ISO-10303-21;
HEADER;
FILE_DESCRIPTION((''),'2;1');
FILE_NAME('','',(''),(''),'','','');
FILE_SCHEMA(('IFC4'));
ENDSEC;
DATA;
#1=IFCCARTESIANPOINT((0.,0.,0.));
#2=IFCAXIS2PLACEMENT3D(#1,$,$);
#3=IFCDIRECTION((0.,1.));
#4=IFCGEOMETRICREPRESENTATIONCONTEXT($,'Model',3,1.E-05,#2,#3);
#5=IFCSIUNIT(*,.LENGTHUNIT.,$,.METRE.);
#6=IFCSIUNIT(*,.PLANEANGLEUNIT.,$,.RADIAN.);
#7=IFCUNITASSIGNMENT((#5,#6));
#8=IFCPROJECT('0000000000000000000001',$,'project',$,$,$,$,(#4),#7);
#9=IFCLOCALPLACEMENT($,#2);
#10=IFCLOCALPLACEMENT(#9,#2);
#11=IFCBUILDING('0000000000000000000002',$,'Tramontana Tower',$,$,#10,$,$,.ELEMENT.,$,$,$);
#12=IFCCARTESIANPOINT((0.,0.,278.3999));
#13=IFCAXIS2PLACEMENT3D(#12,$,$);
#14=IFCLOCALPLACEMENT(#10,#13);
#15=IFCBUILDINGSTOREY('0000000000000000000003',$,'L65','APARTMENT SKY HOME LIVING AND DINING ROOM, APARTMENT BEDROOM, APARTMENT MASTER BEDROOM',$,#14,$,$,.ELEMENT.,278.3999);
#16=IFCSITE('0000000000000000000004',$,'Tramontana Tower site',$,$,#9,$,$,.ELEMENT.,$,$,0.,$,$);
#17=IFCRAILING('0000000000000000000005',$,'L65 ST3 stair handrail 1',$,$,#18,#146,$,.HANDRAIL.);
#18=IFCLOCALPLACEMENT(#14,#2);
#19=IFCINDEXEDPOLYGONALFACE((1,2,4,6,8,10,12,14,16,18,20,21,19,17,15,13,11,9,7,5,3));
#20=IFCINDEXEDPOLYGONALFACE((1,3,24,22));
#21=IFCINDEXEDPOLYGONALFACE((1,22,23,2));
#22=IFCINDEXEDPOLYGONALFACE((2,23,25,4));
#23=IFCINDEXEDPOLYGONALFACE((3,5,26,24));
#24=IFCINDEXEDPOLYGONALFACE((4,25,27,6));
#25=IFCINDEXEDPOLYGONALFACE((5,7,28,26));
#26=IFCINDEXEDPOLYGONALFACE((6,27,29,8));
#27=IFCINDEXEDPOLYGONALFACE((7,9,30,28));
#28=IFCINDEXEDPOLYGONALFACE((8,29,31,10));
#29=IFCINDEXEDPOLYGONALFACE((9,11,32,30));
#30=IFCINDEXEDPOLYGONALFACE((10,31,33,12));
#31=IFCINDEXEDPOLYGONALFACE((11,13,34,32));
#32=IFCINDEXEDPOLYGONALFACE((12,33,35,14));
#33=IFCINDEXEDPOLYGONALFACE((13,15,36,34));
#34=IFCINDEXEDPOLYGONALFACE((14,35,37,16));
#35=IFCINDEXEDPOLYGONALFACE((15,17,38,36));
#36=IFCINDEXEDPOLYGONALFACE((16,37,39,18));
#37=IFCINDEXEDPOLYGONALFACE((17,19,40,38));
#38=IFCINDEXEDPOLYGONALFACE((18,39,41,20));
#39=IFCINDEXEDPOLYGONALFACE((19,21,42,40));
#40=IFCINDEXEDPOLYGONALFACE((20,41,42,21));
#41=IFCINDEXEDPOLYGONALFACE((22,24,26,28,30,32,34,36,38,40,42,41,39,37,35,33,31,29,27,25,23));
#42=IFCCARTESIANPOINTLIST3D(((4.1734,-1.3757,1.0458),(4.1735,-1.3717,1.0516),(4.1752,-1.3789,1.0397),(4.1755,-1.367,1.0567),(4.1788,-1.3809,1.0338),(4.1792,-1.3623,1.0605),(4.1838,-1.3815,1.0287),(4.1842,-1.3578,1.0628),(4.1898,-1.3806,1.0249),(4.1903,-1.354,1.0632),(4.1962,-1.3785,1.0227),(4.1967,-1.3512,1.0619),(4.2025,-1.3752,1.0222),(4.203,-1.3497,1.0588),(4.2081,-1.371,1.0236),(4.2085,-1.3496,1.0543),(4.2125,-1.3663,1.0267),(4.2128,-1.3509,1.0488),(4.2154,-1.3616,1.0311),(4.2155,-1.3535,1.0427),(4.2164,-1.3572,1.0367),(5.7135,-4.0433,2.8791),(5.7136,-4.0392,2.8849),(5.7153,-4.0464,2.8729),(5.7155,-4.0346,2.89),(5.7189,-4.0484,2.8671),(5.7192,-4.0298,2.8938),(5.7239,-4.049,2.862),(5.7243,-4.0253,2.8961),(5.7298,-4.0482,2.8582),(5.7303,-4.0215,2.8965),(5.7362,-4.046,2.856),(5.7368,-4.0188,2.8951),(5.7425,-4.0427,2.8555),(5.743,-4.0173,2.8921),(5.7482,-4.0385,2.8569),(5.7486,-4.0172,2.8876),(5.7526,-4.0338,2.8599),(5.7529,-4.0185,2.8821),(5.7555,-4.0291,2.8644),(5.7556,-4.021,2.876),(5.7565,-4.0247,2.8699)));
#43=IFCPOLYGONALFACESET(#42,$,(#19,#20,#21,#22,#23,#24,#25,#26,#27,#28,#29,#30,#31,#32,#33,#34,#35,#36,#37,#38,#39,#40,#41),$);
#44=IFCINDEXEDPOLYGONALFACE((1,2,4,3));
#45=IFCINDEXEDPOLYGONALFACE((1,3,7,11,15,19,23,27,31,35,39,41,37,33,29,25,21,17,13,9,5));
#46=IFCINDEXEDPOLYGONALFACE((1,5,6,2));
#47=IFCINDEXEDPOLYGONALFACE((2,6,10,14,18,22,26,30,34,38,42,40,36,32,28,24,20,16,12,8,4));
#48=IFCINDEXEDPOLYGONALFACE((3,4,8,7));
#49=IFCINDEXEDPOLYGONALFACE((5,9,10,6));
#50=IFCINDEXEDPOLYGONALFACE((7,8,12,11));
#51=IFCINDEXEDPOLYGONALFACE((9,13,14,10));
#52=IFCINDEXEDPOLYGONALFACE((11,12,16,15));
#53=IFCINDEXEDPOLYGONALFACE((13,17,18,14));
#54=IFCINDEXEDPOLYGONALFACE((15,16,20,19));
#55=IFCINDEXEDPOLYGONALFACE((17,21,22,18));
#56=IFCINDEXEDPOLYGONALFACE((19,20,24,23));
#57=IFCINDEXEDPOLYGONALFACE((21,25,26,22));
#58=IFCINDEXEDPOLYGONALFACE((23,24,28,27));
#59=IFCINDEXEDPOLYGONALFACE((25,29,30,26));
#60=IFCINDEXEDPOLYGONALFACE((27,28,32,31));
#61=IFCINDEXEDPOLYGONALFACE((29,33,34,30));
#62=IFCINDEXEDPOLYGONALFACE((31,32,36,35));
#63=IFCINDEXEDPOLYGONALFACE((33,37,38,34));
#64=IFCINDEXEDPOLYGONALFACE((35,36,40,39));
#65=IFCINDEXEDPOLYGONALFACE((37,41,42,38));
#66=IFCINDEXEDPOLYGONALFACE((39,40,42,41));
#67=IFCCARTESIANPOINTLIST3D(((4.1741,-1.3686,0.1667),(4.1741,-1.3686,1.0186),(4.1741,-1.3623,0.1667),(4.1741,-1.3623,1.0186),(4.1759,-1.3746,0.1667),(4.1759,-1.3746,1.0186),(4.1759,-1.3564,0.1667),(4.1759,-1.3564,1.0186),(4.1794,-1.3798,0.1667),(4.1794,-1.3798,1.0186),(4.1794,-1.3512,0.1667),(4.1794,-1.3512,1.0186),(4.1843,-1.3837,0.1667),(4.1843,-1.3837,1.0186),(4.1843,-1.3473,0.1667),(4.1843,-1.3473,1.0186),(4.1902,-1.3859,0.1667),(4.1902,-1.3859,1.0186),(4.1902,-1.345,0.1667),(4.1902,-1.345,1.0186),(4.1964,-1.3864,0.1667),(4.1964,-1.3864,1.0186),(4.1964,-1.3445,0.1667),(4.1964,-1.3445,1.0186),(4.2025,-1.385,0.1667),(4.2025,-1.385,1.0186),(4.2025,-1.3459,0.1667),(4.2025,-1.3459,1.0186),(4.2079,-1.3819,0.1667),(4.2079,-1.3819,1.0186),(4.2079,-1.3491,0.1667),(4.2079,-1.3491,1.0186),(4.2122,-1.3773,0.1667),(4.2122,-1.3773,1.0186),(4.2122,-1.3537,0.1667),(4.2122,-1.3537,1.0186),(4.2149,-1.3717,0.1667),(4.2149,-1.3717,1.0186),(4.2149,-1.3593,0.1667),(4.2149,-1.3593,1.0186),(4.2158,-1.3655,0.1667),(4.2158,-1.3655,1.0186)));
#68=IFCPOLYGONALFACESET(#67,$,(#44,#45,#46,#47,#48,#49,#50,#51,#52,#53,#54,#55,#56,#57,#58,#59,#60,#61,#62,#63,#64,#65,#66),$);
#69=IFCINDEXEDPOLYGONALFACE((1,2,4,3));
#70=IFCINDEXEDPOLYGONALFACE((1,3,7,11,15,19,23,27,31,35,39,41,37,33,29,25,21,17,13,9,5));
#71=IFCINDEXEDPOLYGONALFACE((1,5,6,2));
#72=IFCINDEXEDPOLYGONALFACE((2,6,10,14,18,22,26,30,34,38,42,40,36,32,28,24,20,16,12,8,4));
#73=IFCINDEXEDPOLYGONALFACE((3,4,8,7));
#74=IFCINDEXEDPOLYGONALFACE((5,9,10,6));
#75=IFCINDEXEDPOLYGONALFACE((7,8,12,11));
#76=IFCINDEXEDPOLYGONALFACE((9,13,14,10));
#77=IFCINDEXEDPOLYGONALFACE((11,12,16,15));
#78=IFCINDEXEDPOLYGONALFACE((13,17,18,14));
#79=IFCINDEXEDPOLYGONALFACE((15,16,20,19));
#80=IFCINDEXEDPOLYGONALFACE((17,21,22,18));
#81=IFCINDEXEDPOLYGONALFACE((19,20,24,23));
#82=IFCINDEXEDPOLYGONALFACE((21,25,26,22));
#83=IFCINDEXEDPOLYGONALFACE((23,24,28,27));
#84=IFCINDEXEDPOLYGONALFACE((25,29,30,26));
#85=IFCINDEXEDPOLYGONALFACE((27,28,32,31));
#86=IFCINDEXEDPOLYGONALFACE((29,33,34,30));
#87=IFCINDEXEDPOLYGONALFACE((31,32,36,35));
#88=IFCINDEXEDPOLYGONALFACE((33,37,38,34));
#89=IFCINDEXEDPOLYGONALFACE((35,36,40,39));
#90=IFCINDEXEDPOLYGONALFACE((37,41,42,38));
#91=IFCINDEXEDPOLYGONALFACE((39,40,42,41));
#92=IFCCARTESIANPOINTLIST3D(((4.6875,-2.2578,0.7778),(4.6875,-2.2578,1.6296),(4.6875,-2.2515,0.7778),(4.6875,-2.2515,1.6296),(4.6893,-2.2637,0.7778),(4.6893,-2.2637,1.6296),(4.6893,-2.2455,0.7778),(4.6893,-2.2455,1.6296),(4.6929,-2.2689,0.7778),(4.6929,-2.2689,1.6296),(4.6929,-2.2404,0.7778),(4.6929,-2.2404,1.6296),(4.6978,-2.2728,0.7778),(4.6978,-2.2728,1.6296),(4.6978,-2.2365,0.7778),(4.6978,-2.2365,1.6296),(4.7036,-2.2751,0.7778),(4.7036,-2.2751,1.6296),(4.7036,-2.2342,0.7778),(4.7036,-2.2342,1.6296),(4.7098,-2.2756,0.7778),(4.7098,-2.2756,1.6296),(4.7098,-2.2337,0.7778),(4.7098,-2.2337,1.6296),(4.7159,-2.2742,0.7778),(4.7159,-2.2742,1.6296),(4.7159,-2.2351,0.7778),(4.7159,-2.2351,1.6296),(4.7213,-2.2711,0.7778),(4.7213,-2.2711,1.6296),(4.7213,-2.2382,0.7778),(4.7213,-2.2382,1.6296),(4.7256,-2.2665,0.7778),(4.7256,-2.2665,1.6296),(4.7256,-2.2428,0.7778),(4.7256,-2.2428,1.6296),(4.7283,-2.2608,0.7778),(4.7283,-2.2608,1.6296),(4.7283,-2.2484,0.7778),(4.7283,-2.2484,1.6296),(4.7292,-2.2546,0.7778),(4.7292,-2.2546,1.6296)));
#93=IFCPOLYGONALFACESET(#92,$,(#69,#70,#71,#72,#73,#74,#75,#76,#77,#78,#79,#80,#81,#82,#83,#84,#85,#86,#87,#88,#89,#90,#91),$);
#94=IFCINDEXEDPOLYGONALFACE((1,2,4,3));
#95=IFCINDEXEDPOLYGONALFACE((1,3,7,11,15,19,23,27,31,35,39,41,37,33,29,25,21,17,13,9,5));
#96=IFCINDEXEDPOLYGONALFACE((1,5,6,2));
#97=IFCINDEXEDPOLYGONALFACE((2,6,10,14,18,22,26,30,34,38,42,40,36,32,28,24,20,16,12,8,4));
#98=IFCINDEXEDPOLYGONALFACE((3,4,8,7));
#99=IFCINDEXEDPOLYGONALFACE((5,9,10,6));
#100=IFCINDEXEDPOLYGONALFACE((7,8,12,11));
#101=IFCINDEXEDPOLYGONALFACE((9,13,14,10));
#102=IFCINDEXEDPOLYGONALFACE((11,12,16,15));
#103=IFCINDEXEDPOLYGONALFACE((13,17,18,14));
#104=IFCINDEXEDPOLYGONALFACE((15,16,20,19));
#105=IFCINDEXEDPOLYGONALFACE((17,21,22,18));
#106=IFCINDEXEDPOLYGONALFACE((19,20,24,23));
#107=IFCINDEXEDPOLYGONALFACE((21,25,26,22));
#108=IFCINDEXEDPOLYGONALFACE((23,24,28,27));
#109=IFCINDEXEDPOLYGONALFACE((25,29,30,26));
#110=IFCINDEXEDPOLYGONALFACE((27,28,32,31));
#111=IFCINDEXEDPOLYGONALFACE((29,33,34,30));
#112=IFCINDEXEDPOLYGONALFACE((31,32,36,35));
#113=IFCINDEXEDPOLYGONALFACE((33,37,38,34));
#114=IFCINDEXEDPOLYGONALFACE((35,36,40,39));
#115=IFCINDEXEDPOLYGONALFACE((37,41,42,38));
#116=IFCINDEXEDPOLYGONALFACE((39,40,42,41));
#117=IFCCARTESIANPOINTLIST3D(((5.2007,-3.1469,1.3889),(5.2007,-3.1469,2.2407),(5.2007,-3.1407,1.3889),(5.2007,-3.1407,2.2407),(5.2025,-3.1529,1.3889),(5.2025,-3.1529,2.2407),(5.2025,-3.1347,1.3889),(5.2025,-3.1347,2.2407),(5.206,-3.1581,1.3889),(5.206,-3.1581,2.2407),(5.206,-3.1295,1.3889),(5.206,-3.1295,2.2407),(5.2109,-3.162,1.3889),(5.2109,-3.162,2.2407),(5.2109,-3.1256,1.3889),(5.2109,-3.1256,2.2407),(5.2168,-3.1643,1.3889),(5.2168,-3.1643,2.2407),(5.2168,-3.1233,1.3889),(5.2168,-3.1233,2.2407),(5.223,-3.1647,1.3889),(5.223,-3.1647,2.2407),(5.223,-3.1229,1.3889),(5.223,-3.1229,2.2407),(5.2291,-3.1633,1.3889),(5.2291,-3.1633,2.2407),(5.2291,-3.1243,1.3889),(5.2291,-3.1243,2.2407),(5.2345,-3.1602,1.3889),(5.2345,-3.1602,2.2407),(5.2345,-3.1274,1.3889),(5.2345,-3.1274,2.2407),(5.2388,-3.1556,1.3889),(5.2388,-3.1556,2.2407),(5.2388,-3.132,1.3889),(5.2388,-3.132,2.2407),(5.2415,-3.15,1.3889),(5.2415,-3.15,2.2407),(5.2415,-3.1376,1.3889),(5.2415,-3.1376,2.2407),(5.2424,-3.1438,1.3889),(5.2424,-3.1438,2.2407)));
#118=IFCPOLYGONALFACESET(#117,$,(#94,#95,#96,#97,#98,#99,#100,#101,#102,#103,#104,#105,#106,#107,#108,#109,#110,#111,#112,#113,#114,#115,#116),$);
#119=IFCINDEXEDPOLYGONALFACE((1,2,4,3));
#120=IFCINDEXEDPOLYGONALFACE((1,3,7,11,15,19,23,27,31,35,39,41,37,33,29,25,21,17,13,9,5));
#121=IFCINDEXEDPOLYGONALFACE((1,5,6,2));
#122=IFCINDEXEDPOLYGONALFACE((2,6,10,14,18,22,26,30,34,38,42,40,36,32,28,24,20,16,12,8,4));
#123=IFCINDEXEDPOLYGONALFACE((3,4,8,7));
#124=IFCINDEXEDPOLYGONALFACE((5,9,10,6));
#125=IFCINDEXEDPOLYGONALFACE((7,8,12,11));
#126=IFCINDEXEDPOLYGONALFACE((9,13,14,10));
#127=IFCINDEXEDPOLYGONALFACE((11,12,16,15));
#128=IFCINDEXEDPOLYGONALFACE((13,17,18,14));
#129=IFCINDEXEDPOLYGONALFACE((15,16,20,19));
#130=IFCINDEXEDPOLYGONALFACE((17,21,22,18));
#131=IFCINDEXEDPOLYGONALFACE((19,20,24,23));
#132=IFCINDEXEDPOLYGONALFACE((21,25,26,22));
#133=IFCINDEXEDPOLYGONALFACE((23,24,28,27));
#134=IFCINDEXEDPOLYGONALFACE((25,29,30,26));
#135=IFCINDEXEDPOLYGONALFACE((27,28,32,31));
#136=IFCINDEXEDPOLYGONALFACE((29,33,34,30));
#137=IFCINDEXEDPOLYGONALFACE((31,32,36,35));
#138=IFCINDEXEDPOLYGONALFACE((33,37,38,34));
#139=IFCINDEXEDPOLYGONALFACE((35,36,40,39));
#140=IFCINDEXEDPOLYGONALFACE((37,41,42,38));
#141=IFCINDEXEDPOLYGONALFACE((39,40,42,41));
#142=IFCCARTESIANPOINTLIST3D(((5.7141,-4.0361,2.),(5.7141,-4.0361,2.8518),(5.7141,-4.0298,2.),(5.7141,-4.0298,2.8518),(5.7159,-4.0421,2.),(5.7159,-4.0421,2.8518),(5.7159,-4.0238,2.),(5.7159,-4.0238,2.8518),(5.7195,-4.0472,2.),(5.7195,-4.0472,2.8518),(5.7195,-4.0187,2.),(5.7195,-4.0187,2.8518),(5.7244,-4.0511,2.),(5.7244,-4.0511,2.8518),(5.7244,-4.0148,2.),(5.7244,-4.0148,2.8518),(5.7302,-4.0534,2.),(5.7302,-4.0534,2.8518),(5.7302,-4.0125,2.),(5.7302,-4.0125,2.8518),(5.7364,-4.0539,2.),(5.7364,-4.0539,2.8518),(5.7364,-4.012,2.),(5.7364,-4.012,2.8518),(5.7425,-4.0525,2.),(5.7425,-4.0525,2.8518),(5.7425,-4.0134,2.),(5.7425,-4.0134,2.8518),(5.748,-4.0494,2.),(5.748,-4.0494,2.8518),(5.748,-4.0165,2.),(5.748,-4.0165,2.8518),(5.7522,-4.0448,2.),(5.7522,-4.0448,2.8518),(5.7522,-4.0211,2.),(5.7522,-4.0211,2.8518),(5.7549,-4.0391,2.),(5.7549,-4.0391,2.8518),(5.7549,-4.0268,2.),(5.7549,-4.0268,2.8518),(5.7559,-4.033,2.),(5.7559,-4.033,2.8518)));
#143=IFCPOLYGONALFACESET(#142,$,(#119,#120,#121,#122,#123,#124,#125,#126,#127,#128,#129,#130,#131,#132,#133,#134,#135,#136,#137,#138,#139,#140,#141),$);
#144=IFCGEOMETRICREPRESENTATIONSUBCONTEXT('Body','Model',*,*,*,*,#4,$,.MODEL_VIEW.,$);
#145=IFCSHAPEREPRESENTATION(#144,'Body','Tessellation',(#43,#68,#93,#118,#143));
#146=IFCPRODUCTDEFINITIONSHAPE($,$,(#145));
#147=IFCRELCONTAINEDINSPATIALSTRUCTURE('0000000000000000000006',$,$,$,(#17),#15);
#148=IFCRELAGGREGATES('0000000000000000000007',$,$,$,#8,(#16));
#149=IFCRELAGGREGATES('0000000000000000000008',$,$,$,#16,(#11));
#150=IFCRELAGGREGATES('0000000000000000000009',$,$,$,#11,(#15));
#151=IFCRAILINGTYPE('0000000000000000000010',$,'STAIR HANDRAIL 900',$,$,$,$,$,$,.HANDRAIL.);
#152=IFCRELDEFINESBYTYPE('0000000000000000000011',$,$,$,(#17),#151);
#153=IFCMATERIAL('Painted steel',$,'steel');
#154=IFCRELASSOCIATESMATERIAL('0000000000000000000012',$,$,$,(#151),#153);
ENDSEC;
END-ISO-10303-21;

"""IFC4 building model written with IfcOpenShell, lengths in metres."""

from ifc_helpers import new_model, si_unit, direction, frame, origin, origin_2d, place, context, subcontext, project, spatial, circle, extrude, material, type_object, element, save


model = new_model("IFC4")

# Units and contexts
model_context = context("Model", 3, precision=1e-05, world=origin(), true_north=direction((0.0, 1.0)))
body_context = subcontext(model_context, "Body", "Model", "MODEL_VIEW")
ifc_project = project(units=[si_unit("LENGTHUNIT", "METRE"), si_unit("PLANEANGLEUNIT", "RADIAN")], contexts=[model_context])

# Site, building, storey
site_placement = place(None, origin())
site = spatial("IfcSite", under=ifc_project, at=site_placement, Name="Tramontana Tower site", CompositionType="ELEMENT", RefElevation=0.0)
building_placement = place(site_placement, origin())
building = spatial("IfcBuilding", under=site, at=building_placement, Name="Tramontana Tower", CompositionType="ELEMENT")
storey_placement = place(building_placement, frame((0.0, 0.0, 278.3999)))
storey = spatial("IfcBuildingStorey", under=building, at=storey_placement, Name="L65", Description="APARTMENT SKY HOME LIVING AND DINING ROOM, APARTMENT BEDROOM, APARTMENT MASTER BEDROOM", CompositionType="ELEMENT", Elevation=278.3999)

# Railing
ifc_material_1 = material(Name="Painted steel", Category="steel")
railing_type_1 = type_object("IfcRailingType", Name="STAIR HANDRAIL 900", PredefinedType="HANDRAIL", material=ifc_material_1)
railing_1_placement = place(storey_placement, frame((4.1948, -1.3655, 0.1667)))
element("IfcRailing", 1, at=railing_1_placement, inside=storey, type_object=railing_type_1, Name="L65 ST3 stair handrail 1", PredefinedType="HANDRAIL", context=body_context, shape_type="SweptSolid", body=[
    extrude(circle(Radius=0.0239, at=origin_2d()), frame((0.0, 0.0, 0.876), z_axis=(0.429649, -0.74419, 0.511452), x_axis=(0.86603, 0.499992, 0.0)), (0.0, 0.0, 1.0), 3.5845),
    extrude(circle(Radius=0.021, at=origin_2d()), origin(), (0.0, 0.0, 1.0), 0.8518),
    extrude(circle(Radius=0.021, at=origin_2d()), frame((0.5134, -0.8892, 0.6111)), (0.0, 0.0, 1.0), 0.8518),
    extrude(circle(Radius=0.021, at=origin_2d()), frame((1.0266, -1.7783, 1.2222)), (0.0, 0.0, 1.0), 0.8518),
    extrude(circle(Radius=0.021, at=origin_2d()), frame((1.54, -2.6675, 1.8333)), (0.0, 0.0, 1.0), 0.8518),
])

save(model, "model.ifc")
